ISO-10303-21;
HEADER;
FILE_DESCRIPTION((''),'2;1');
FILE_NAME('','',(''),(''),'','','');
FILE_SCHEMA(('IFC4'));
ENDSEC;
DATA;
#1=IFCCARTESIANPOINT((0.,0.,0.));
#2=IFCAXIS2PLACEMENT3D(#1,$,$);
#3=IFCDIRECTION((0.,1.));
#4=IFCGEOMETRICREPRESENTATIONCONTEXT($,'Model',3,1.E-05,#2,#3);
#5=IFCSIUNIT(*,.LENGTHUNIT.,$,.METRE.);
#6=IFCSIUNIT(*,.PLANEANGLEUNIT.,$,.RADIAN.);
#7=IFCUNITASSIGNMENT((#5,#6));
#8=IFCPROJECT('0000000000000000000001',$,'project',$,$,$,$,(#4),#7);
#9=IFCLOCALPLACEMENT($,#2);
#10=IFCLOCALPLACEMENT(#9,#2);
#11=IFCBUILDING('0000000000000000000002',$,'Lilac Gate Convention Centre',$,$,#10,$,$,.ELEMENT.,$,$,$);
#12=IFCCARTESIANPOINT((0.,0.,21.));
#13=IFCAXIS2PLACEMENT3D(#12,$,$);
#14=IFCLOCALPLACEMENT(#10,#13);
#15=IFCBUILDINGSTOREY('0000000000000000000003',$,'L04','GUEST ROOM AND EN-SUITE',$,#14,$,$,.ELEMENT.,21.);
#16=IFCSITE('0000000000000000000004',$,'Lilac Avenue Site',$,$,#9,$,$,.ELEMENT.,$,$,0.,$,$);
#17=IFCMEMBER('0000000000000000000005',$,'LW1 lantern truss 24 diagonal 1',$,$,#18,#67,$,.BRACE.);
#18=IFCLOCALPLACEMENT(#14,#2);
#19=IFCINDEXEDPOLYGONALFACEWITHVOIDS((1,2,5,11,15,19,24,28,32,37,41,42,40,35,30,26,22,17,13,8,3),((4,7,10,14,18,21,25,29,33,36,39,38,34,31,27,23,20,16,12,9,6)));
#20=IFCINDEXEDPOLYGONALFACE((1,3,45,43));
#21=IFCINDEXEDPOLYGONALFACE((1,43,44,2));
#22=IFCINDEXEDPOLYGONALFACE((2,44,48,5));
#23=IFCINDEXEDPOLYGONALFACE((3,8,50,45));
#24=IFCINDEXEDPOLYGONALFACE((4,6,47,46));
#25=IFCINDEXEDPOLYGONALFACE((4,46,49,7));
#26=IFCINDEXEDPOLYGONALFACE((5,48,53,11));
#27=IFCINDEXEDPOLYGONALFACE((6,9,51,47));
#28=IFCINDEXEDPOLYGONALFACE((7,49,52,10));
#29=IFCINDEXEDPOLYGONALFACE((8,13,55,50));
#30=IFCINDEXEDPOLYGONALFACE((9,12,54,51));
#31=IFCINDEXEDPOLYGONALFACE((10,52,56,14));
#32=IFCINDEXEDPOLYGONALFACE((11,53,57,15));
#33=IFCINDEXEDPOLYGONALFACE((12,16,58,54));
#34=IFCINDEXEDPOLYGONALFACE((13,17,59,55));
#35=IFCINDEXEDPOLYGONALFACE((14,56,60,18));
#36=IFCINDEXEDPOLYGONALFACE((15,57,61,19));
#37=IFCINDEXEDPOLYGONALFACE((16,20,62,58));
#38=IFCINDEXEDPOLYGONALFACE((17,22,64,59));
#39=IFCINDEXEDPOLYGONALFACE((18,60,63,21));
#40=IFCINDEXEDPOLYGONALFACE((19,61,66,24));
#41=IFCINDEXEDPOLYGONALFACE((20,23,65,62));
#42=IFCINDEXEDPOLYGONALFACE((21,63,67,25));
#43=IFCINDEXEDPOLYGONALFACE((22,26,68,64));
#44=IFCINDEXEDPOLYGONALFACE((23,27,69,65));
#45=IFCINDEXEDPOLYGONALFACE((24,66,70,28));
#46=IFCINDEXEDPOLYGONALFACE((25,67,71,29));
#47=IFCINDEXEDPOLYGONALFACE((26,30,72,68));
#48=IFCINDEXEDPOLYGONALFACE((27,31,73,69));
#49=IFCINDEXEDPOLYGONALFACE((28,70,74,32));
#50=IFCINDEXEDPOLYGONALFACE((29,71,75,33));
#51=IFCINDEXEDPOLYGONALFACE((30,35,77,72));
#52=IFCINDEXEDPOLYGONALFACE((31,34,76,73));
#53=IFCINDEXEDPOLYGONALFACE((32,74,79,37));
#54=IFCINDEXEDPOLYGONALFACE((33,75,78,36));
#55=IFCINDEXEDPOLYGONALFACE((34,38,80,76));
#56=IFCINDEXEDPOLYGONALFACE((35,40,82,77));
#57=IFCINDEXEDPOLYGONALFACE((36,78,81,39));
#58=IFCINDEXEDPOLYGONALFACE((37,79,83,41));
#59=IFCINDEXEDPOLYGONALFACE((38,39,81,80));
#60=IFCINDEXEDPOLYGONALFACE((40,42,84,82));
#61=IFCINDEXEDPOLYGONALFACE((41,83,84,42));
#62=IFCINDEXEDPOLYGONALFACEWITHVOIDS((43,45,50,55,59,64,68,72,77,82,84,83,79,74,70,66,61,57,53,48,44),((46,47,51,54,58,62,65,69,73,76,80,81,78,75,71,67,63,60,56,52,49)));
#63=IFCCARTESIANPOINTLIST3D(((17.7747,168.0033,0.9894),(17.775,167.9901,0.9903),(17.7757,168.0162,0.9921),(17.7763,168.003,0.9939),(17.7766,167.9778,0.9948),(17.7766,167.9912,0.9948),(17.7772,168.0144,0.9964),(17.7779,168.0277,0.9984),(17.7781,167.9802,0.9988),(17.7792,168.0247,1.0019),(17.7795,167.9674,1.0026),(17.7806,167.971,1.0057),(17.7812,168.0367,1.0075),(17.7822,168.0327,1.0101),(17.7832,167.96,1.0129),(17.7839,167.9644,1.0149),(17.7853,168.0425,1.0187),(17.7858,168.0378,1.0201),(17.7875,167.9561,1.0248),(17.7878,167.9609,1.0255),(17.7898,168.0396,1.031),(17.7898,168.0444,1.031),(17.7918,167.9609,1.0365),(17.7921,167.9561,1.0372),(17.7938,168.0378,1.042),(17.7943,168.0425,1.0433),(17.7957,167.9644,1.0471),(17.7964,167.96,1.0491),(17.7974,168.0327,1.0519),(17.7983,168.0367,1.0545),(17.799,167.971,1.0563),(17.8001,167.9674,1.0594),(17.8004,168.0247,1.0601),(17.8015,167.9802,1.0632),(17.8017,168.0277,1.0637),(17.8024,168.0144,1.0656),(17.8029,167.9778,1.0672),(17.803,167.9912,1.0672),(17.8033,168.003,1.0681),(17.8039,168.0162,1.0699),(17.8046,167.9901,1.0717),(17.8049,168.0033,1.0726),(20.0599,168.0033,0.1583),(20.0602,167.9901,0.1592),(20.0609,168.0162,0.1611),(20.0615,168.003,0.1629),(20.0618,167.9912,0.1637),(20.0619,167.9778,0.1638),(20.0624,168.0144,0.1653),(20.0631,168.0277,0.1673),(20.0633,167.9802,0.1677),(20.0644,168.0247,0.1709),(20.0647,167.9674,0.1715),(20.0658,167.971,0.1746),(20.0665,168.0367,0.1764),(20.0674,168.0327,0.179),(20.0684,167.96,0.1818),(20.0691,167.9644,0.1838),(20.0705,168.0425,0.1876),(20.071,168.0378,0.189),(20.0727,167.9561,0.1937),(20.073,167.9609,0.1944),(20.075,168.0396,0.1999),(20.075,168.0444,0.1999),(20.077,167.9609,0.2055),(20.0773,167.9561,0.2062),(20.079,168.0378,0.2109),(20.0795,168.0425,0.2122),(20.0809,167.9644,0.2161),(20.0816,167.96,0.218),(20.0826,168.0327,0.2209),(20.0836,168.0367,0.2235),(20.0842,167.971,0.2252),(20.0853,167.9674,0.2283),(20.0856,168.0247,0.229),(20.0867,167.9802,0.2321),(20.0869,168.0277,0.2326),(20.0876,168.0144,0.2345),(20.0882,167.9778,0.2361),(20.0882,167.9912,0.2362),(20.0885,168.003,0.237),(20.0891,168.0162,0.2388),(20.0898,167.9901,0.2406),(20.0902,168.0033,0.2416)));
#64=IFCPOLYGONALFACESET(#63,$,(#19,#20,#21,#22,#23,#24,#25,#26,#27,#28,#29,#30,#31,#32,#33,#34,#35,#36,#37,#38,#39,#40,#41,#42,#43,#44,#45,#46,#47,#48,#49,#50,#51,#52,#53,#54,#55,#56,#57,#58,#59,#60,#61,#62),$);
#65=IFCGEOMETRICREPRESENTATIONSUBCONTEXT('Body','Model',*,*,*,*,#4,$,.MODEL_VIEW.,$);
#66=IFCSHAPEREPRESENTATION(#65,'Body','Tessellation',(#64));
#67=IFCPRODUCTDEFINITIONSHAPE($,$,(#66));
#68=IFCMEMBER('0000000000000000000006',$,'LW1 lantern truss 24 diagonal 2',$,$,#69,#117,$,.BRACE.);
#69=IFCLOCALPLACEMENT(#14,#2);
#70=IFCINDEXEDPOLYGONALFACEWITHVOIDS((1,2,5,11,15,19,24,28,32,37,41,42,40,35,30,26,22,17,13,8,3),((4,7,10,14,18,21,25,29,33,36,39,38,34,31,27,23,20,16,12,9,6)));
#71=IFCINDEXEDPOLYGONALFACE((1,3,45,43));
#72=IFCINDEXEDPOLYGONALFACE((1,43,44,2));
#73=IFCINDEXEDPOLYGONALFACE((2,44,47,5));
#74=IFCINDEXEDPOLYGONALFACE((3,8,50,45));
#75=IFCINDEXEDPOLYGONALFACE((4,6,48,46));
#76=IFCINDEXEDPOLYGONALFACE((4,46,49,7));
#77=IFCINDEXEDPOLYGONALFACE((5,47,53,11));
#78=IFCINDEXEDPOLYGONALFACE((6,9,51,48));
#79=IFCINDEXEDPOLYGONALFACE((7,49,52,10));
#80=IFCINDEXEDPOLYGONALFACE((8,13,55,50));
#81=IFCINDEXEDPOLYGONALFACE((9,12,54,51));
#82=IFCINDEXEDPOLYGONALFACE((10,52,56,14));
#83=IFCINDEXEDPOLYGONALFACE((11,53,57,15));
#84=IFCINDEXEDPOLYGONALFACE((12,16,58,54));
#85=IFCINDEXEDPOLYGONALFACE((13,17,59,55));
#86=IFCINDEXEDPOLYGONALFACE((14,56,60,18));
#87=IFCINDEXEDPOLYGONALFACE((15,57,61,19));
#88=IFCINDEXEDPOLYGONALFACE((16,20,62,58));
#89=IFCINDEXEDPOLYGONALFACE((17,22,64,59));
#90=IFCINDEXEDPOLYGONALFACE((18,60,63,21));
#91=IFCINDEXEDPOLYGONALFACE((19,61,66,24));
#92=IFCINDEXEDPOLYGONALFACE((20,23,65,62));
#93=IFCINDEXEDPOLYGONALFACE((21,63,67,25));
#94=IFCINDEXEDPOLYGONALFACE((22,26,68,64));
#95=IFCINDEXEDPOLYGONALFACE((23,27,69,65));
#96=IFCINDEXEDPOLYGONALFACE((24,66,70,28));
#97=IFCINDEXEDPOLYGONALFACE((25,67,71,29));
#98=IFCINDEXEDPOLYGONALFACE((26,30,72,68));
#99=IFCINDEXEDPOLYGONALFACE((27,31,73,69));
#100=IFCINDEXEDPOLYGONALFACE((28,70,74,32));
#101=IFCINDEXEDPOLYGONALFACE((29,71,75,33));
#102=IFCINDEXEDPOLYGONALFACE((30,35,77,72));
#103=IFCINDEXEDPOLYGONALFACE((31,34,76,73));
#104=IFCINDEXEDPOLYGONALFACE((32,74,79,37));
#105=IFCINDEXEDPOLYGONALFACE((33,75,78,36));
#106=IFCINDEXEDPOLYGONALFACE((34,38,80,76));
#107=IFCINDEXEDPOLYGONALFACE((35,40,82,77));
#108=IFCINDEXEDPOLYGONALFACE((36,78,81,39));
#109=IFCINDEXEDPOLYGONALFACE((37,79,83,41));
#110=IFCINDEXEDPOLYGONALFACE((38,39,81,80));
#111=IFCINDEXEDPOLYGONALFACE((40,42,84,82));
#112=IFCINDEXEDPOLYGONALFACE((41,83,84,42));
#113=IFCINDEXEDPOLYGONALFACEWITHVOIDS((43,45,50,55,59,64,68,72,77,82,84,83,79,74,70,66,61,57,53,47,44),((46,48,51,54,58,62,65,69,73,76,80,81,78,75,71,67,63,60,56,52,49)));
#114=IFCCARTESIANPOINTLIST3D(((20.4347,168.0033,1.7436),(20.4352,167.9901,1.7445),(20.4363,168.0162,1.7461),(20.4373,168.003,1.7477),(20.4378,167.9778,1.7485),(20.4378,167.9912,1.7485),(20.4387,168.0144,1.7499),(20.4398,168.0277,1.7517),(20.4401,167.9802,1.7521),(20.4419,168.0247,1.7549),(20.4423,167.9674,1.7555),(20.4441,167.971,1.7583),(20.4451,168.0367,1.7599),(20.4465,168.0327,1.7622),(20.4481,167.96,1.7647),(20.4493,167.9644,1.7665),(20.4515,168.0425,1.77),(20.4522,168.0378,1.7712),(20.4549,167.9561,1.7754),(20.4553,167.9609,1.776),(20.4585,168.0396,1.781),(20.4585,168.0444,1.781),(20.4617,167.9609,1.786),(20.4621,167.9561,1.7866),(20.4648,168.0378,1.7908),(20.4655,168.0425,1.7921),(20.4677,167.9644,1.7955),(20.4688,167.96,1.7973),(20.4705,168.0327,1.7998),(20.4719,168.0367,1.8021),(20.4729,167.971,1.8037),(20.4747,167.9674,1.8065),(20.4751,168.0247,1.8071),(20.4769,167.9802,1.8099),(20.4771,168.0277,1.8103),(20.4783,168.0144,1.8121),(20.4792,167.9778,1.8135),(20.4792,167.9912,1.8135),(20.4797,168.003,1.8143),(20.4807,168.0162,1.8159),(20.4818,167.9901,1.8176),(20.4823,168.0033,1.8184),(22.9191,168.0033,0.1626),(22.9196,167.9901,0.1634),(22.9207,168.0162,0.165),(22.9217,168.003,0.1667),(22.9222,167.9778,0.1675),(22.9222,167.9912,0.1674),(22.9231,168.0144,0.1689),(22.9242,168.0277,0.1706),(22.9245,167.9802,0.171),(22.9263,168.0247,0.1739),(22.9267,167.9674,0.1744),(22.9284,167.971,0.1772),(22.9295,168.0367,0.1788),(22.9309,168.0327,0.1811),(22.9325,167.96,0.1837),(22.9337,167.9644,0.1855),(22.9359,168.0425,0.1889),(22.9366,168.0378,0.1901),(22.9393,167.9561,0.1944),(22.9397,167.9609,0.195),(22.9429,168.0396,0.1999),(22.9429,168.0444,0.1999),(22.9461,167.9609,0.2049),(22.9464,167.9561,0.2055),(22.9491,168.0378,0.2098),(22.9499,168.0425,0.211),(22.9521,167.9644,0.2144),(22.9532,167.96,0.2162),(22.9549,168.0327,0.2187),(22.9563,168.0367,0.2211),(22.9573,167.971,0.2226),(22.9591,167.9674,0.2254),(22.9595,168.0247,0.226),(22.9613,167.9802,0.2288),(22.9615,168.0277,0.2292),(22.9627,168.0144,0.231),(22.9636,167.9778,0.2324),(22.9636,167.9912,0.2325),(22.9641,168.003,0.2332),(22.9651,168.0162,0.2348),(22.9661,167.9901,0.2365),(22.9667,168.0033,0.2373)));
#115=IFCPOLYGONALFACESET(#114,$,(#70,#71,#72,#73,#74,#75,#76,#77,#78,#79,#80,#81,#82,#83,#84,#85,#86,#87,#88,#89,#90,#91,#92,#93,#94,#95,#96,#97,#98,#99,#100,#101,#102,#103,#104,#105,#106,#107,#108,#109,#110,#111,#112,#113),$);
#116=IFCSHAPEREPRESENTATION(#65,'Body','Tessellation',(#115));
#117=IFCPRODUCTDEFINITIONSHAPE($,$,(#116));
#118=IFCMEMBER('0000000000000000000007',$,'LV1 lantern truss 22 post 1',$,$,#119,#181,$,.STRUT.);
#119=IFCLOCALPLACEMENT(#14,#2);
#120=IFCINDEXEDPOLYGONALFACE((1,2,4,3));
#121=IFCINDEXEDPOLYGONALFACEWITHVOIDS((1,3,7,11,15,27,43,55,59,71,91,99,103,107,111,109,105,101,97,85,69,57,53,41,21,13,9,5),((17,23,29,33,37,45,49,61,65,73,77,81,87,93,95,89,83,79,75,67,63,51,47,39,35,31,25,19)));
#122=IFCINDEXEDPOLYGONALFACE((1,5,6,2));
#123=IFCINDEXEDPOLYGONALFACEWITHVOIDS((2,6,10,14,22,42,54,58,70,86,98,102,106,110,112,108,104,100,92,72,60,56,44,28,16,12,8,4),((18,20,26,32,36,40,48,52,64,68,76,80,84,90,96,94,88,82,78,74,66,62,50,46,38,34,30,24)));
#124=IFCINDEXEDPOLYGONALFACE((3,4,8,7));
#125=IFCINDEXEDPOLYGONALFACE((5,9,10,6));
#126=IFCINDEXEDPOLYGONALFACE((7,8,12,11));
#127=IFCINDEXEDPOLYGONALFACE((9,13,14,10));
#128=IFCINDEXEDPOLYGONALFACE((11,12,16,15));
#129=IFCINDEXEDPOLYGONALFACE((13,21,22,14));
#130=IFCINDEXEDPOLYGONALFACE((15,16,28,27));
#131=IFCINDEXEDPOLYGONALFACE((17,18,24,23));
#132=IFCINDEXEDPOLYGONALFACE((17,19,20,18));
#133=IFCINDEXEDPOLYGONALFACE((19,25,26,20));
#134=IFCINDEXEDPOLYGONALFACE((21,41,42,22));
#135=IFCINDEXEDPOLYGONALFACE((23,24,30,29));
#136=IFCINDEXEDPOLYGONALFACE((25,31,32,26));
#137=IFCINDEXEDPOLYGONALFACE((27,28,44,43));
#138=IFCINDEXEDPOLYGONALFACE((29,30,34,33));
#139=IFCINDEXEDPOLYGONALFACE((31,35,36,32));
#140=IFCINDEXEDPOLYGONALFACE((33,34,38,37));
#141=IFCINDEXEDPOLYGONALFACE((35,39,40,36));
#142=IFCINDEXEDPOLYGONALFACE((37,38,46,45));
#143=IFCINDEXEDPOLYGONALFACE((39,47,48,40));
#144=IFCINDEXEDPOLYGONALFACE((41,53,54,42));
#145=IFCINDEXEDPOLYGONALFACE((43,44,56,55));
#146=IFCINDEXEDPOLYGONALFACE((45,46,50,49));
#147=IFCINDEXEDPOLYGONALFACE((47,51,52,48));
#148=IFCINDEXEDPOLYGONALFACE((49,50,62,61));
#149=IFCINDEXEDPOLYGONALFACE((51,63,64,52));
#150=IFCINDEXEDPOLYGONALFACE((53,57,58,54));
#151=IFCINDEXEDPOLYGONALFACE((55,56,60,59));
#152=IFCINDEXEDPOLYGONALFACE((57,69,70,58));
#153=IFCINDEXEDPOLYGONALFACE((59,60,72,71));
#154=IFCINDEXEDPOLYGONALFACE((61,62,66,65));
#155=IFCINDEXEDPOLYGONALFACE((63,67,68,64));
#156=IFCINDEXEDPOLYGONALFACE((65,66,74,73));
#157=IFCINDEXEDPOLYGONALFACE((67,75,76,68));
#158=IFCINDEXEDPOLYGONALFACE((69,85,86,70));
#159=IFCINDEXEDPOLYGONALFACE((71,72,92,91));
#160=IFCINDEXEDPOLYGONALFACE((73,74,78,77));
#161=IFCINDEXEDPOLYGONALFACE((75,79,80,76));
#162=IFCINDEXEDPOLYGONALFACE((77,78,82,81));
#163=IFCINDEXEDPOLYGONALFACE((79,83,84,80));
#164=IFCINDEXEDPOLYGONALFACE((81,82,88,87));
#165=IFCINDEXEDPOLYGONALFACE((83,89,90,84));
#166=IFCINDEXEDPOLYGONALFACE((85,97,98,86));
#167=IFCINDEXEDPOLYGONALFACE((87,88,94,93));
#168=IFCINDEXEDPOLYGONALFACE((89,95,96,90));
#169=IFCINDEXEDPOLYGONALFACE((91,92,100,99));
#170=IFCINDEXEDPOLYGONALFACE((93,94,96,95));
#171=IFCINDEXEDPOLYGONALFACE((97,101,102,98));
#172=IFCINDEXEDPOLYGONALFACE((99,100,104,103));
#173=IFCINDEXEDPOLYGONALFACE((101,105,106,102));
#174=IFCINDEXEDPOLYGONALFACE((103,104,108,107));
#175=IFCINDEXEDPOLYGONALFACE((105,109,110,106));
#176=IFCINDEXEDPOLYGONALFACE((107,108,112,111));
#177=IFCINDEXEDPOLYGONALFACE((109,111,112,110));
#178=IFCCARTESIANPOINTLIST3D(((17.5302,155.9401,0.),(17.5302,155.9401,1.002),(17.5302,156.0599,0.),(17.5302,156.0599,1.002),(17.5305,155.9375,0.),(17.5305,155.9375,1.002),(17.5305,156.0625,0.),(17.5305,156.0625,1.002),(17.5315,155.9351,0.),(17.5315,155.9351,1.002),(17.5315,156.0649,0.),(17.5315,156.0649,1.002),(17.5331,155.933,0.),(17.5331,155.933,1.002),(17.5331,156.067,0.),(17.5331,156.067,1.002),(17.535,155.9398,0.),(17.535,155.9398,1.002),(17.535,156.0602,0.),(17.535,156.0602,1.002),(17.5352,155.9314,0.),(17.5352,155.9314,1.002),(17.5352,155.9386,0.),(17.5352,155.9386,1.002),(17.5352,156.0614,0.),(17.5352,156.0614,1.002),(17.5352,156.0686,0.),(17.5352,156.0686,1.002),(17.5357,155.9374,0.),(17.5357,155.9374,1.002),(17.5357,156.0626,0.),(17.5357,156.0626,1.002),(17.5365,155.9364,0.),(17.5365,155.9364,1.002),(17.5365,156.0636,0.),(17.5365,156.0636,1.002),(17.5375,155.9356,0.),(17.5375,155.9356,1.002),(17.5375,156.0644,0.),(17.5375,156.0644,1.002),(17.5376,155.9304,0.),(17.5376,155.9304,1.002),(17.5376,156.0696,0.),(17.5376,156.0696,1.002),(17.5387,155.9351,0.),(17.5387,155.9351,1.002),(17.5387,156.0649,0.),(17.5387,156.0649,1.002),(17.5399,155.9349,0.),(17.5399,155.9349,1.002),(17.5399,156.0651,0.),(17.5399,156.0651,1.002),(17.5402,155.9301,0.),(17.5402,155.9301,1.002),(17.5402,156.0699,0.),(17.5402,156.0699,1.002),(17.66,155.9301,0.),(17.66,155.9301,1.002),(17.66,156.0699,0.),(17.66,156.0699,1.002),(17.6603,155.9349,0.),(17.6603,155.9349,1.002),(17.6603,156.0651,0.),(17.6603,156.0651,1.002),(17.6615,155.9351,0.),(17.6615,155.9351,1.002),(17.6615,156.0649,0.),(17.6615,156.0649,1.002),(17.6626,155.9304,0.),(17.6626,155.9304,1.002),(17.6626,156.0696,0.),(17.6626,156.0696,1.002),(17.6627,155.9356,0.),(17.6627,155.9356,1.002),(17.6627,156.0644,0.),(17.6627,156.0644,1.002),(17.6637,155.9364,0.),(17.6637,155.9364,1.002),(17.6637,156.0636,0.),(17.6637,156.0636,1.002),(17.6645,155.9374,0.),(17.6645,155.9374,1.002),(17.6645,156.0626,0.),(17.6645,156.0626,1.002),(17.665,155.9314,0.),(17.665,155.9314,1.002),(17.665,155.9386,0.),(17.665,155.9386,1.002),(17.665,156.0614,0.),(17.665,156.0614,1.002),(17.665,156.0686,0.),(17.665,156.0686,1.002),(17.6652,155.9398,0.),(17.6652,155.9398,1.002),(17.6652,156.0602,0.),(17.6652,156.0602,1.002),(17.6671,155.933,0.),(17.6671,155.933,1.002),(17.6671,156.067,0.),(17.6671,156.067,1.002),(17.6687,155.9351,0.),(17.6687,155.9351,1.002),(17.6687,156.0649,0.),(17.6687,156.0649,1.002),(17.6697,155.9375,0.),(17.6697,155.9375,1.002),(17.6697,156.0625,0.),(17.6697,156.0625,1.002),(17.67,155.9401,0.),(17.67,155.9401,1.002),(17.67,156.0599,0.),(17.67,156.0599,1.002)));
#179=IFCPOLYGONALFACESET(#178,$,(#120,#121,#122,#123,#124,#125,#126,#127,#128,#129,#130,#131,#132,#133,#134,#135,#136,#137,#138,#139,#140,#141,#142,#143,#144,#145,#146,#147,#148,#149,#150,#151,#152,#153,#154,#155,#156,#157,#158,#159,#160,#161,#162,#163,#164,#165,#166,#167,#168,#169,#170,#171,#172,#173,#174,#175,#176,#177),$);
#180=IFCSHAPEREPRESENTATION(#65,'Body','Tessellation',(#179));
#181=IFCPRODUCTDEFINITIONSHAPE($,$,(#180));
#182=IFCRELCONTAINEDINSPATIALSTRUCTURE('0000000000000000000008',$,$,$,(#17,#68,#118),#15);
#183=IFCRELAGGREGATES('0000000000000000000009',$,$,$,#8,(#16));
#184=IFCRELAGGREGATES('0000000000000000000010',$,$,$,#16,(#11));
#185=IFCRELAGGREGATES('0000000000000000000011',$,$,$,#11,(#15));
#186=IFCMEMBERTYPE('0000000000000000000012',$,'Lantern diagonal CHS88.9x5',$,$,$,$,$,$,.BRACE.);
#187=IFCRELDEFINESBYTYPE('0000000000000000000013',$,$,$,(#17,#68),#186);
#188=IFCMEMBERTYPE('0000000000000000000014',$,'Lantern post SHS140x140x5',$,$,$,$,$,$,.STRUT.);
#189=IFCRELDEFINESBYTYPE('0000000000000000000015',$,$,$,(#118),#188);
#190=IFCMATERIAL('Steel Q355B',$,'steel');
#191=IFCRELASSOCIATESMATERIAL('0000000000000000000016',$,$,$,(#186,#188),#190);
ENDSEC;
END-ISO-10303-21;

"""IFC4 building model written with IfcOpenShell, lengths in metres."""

from ifc_helpers import new_model, si_unit, direction, frame, origin, origin_2d, place, context, subcontext, project, spatial, hollow_rectangle, hollow_circle, extrude, material, material_profile, profile_set, type_object, element, save


model = new_model("IFC4")

# Units and contexts
model_context = context("Model", 3, precision=1e-05, world=origin(), true_north=direction((0.0, 1.0)))
body_context = subcontext(model_context, "Body", "Model", "MODEL_VIEW")
ifc_project = project(units=[si_unit("LENGTHUNIT", "METRE"), si_unit("PLANEANGLEUNIT", "RADIAN")], contexts=[model_context])

# Site, building, storey
site_placement = place(None, origin())
site = spatial("IfcSite", under=ifc_project, at=site_placement, Name="Lilac Avenue Site", CompositionType="ELEMENT", RefElevation=0.0)
building_placement = place(site_placement, origin())
building = spatial("IfcBuilding", under=site, at=building_placement, Name="Lilac Gate Convention Centre", CompositionType="ELEMENT")
storey_placement = place(building_placement, frame((0.0, 0.0, 21.0)))
storey = spatial("IfcBuildingStorey", under=building, at=storey_placement, Name="L04", Description="GUEST ROOM AND EN-SUITE", CompositionType="ELEMENT", Elevation=21.0)

# Members
ifc_material_1 = material(Name="Steel Q355B", Category="steel")
ifc_material_profile_1 = material_profile(ifc_material_1, hollow_circle(Radius=0.0444, WallThickness=0.0049, at=origin_2d()), Name="CHS88.9x5")
ifc_profile_set_1 = profile_set([ifc_material_profile_1], Name="Steel Q355B")
member_type_1 = type_object("IfcMemberType", Name="Lantern diagonal CHS88.9x5", PredefinedType="BRACE", material=ifc_profile_set_1)
member_1_placement = place(storey_placement, frame((17.7898, 168.0, 1.031), z_axis=(0.939782, 0.0, -0.341775), x_axis=(0.0, 1.0, 0.0)))
element("IfcMember", 1, at=member_1_placement, inside=storey, type_object=member_type_1, Name="LW1 lantern truss 24 diagonal 1", PredefinedType="BRACE", context=body_context, shape_type="SweptSolid", body=[
    extrude(hollow_circle(Radius=0.0444, WallThickness=0.0049, at=origin_2d()), origin(), (0.0, 0.0, 1.0), 2.4316),
])
member_2_placement = place(storey_placement, frame((20.4585, 168.0, 1.781), z_axis=(0.843648, 0.0, -0.536897), x_axis=(0.0, 1.0, 0.0)))
element("IfcMember", 2, at=member_2_placement, inside=storey, type_object=member_type_1, Name="LW1 lantern truss 24 diagonal 2", PredefinedType="BRACE", context=body_context, shape_type="SweptSolid", body=[
    extrude(hollow_circle(Radius=0.0444, WallThickness=0.0049, at=origin_2d()), origin(), (0.0, 0.0, 1.0), 2.9448),
])
ifc_material_profile_2 = material_profile(ifc_material_1, hollow_rectangle(XDim=0.1399, YDim=0.1399, WallThickness=0.0049, InnerFilletRadius=0.0049, OuterFilletRadius=0.01, at=origin_2d()), Name="SHS140x140x5")
ifc_profile_set_2 = profile_set([ifc_material_profile_2], Name="Steel Q355B")
member_type_2 = type_object("IfcMemberType", Name="Lantern post SHS140x140x5", PredefinedType="STRUT", material=ifc_profile_set_2)
member_3_placement = place(storey_placement, frame((17.6001, 156.0, 0.0), z_axis=(0.0, 0.0, 1.0), x_axis=(1.0, 0.0, 0.0)))
element("IfcMember", 3, at=member_3_placement, inside=storey, type_object=member_type_2, Name="LV1 lantern truss 22 post 1", PredefinedType="STRUT", context=body_context, shape_type="SweptSolid", body=[
    extrude(hollow_rectangle(XDim=0.1399, YDim=0.1399, WallThickness=0.0049, InnerFilletRadius=0.0049, OuterFilletRadius=0.01, at=origin_2d()), origin(), (0.0, 0.0, 1.0), 1.002),
])

save(model, "model.ifc")
